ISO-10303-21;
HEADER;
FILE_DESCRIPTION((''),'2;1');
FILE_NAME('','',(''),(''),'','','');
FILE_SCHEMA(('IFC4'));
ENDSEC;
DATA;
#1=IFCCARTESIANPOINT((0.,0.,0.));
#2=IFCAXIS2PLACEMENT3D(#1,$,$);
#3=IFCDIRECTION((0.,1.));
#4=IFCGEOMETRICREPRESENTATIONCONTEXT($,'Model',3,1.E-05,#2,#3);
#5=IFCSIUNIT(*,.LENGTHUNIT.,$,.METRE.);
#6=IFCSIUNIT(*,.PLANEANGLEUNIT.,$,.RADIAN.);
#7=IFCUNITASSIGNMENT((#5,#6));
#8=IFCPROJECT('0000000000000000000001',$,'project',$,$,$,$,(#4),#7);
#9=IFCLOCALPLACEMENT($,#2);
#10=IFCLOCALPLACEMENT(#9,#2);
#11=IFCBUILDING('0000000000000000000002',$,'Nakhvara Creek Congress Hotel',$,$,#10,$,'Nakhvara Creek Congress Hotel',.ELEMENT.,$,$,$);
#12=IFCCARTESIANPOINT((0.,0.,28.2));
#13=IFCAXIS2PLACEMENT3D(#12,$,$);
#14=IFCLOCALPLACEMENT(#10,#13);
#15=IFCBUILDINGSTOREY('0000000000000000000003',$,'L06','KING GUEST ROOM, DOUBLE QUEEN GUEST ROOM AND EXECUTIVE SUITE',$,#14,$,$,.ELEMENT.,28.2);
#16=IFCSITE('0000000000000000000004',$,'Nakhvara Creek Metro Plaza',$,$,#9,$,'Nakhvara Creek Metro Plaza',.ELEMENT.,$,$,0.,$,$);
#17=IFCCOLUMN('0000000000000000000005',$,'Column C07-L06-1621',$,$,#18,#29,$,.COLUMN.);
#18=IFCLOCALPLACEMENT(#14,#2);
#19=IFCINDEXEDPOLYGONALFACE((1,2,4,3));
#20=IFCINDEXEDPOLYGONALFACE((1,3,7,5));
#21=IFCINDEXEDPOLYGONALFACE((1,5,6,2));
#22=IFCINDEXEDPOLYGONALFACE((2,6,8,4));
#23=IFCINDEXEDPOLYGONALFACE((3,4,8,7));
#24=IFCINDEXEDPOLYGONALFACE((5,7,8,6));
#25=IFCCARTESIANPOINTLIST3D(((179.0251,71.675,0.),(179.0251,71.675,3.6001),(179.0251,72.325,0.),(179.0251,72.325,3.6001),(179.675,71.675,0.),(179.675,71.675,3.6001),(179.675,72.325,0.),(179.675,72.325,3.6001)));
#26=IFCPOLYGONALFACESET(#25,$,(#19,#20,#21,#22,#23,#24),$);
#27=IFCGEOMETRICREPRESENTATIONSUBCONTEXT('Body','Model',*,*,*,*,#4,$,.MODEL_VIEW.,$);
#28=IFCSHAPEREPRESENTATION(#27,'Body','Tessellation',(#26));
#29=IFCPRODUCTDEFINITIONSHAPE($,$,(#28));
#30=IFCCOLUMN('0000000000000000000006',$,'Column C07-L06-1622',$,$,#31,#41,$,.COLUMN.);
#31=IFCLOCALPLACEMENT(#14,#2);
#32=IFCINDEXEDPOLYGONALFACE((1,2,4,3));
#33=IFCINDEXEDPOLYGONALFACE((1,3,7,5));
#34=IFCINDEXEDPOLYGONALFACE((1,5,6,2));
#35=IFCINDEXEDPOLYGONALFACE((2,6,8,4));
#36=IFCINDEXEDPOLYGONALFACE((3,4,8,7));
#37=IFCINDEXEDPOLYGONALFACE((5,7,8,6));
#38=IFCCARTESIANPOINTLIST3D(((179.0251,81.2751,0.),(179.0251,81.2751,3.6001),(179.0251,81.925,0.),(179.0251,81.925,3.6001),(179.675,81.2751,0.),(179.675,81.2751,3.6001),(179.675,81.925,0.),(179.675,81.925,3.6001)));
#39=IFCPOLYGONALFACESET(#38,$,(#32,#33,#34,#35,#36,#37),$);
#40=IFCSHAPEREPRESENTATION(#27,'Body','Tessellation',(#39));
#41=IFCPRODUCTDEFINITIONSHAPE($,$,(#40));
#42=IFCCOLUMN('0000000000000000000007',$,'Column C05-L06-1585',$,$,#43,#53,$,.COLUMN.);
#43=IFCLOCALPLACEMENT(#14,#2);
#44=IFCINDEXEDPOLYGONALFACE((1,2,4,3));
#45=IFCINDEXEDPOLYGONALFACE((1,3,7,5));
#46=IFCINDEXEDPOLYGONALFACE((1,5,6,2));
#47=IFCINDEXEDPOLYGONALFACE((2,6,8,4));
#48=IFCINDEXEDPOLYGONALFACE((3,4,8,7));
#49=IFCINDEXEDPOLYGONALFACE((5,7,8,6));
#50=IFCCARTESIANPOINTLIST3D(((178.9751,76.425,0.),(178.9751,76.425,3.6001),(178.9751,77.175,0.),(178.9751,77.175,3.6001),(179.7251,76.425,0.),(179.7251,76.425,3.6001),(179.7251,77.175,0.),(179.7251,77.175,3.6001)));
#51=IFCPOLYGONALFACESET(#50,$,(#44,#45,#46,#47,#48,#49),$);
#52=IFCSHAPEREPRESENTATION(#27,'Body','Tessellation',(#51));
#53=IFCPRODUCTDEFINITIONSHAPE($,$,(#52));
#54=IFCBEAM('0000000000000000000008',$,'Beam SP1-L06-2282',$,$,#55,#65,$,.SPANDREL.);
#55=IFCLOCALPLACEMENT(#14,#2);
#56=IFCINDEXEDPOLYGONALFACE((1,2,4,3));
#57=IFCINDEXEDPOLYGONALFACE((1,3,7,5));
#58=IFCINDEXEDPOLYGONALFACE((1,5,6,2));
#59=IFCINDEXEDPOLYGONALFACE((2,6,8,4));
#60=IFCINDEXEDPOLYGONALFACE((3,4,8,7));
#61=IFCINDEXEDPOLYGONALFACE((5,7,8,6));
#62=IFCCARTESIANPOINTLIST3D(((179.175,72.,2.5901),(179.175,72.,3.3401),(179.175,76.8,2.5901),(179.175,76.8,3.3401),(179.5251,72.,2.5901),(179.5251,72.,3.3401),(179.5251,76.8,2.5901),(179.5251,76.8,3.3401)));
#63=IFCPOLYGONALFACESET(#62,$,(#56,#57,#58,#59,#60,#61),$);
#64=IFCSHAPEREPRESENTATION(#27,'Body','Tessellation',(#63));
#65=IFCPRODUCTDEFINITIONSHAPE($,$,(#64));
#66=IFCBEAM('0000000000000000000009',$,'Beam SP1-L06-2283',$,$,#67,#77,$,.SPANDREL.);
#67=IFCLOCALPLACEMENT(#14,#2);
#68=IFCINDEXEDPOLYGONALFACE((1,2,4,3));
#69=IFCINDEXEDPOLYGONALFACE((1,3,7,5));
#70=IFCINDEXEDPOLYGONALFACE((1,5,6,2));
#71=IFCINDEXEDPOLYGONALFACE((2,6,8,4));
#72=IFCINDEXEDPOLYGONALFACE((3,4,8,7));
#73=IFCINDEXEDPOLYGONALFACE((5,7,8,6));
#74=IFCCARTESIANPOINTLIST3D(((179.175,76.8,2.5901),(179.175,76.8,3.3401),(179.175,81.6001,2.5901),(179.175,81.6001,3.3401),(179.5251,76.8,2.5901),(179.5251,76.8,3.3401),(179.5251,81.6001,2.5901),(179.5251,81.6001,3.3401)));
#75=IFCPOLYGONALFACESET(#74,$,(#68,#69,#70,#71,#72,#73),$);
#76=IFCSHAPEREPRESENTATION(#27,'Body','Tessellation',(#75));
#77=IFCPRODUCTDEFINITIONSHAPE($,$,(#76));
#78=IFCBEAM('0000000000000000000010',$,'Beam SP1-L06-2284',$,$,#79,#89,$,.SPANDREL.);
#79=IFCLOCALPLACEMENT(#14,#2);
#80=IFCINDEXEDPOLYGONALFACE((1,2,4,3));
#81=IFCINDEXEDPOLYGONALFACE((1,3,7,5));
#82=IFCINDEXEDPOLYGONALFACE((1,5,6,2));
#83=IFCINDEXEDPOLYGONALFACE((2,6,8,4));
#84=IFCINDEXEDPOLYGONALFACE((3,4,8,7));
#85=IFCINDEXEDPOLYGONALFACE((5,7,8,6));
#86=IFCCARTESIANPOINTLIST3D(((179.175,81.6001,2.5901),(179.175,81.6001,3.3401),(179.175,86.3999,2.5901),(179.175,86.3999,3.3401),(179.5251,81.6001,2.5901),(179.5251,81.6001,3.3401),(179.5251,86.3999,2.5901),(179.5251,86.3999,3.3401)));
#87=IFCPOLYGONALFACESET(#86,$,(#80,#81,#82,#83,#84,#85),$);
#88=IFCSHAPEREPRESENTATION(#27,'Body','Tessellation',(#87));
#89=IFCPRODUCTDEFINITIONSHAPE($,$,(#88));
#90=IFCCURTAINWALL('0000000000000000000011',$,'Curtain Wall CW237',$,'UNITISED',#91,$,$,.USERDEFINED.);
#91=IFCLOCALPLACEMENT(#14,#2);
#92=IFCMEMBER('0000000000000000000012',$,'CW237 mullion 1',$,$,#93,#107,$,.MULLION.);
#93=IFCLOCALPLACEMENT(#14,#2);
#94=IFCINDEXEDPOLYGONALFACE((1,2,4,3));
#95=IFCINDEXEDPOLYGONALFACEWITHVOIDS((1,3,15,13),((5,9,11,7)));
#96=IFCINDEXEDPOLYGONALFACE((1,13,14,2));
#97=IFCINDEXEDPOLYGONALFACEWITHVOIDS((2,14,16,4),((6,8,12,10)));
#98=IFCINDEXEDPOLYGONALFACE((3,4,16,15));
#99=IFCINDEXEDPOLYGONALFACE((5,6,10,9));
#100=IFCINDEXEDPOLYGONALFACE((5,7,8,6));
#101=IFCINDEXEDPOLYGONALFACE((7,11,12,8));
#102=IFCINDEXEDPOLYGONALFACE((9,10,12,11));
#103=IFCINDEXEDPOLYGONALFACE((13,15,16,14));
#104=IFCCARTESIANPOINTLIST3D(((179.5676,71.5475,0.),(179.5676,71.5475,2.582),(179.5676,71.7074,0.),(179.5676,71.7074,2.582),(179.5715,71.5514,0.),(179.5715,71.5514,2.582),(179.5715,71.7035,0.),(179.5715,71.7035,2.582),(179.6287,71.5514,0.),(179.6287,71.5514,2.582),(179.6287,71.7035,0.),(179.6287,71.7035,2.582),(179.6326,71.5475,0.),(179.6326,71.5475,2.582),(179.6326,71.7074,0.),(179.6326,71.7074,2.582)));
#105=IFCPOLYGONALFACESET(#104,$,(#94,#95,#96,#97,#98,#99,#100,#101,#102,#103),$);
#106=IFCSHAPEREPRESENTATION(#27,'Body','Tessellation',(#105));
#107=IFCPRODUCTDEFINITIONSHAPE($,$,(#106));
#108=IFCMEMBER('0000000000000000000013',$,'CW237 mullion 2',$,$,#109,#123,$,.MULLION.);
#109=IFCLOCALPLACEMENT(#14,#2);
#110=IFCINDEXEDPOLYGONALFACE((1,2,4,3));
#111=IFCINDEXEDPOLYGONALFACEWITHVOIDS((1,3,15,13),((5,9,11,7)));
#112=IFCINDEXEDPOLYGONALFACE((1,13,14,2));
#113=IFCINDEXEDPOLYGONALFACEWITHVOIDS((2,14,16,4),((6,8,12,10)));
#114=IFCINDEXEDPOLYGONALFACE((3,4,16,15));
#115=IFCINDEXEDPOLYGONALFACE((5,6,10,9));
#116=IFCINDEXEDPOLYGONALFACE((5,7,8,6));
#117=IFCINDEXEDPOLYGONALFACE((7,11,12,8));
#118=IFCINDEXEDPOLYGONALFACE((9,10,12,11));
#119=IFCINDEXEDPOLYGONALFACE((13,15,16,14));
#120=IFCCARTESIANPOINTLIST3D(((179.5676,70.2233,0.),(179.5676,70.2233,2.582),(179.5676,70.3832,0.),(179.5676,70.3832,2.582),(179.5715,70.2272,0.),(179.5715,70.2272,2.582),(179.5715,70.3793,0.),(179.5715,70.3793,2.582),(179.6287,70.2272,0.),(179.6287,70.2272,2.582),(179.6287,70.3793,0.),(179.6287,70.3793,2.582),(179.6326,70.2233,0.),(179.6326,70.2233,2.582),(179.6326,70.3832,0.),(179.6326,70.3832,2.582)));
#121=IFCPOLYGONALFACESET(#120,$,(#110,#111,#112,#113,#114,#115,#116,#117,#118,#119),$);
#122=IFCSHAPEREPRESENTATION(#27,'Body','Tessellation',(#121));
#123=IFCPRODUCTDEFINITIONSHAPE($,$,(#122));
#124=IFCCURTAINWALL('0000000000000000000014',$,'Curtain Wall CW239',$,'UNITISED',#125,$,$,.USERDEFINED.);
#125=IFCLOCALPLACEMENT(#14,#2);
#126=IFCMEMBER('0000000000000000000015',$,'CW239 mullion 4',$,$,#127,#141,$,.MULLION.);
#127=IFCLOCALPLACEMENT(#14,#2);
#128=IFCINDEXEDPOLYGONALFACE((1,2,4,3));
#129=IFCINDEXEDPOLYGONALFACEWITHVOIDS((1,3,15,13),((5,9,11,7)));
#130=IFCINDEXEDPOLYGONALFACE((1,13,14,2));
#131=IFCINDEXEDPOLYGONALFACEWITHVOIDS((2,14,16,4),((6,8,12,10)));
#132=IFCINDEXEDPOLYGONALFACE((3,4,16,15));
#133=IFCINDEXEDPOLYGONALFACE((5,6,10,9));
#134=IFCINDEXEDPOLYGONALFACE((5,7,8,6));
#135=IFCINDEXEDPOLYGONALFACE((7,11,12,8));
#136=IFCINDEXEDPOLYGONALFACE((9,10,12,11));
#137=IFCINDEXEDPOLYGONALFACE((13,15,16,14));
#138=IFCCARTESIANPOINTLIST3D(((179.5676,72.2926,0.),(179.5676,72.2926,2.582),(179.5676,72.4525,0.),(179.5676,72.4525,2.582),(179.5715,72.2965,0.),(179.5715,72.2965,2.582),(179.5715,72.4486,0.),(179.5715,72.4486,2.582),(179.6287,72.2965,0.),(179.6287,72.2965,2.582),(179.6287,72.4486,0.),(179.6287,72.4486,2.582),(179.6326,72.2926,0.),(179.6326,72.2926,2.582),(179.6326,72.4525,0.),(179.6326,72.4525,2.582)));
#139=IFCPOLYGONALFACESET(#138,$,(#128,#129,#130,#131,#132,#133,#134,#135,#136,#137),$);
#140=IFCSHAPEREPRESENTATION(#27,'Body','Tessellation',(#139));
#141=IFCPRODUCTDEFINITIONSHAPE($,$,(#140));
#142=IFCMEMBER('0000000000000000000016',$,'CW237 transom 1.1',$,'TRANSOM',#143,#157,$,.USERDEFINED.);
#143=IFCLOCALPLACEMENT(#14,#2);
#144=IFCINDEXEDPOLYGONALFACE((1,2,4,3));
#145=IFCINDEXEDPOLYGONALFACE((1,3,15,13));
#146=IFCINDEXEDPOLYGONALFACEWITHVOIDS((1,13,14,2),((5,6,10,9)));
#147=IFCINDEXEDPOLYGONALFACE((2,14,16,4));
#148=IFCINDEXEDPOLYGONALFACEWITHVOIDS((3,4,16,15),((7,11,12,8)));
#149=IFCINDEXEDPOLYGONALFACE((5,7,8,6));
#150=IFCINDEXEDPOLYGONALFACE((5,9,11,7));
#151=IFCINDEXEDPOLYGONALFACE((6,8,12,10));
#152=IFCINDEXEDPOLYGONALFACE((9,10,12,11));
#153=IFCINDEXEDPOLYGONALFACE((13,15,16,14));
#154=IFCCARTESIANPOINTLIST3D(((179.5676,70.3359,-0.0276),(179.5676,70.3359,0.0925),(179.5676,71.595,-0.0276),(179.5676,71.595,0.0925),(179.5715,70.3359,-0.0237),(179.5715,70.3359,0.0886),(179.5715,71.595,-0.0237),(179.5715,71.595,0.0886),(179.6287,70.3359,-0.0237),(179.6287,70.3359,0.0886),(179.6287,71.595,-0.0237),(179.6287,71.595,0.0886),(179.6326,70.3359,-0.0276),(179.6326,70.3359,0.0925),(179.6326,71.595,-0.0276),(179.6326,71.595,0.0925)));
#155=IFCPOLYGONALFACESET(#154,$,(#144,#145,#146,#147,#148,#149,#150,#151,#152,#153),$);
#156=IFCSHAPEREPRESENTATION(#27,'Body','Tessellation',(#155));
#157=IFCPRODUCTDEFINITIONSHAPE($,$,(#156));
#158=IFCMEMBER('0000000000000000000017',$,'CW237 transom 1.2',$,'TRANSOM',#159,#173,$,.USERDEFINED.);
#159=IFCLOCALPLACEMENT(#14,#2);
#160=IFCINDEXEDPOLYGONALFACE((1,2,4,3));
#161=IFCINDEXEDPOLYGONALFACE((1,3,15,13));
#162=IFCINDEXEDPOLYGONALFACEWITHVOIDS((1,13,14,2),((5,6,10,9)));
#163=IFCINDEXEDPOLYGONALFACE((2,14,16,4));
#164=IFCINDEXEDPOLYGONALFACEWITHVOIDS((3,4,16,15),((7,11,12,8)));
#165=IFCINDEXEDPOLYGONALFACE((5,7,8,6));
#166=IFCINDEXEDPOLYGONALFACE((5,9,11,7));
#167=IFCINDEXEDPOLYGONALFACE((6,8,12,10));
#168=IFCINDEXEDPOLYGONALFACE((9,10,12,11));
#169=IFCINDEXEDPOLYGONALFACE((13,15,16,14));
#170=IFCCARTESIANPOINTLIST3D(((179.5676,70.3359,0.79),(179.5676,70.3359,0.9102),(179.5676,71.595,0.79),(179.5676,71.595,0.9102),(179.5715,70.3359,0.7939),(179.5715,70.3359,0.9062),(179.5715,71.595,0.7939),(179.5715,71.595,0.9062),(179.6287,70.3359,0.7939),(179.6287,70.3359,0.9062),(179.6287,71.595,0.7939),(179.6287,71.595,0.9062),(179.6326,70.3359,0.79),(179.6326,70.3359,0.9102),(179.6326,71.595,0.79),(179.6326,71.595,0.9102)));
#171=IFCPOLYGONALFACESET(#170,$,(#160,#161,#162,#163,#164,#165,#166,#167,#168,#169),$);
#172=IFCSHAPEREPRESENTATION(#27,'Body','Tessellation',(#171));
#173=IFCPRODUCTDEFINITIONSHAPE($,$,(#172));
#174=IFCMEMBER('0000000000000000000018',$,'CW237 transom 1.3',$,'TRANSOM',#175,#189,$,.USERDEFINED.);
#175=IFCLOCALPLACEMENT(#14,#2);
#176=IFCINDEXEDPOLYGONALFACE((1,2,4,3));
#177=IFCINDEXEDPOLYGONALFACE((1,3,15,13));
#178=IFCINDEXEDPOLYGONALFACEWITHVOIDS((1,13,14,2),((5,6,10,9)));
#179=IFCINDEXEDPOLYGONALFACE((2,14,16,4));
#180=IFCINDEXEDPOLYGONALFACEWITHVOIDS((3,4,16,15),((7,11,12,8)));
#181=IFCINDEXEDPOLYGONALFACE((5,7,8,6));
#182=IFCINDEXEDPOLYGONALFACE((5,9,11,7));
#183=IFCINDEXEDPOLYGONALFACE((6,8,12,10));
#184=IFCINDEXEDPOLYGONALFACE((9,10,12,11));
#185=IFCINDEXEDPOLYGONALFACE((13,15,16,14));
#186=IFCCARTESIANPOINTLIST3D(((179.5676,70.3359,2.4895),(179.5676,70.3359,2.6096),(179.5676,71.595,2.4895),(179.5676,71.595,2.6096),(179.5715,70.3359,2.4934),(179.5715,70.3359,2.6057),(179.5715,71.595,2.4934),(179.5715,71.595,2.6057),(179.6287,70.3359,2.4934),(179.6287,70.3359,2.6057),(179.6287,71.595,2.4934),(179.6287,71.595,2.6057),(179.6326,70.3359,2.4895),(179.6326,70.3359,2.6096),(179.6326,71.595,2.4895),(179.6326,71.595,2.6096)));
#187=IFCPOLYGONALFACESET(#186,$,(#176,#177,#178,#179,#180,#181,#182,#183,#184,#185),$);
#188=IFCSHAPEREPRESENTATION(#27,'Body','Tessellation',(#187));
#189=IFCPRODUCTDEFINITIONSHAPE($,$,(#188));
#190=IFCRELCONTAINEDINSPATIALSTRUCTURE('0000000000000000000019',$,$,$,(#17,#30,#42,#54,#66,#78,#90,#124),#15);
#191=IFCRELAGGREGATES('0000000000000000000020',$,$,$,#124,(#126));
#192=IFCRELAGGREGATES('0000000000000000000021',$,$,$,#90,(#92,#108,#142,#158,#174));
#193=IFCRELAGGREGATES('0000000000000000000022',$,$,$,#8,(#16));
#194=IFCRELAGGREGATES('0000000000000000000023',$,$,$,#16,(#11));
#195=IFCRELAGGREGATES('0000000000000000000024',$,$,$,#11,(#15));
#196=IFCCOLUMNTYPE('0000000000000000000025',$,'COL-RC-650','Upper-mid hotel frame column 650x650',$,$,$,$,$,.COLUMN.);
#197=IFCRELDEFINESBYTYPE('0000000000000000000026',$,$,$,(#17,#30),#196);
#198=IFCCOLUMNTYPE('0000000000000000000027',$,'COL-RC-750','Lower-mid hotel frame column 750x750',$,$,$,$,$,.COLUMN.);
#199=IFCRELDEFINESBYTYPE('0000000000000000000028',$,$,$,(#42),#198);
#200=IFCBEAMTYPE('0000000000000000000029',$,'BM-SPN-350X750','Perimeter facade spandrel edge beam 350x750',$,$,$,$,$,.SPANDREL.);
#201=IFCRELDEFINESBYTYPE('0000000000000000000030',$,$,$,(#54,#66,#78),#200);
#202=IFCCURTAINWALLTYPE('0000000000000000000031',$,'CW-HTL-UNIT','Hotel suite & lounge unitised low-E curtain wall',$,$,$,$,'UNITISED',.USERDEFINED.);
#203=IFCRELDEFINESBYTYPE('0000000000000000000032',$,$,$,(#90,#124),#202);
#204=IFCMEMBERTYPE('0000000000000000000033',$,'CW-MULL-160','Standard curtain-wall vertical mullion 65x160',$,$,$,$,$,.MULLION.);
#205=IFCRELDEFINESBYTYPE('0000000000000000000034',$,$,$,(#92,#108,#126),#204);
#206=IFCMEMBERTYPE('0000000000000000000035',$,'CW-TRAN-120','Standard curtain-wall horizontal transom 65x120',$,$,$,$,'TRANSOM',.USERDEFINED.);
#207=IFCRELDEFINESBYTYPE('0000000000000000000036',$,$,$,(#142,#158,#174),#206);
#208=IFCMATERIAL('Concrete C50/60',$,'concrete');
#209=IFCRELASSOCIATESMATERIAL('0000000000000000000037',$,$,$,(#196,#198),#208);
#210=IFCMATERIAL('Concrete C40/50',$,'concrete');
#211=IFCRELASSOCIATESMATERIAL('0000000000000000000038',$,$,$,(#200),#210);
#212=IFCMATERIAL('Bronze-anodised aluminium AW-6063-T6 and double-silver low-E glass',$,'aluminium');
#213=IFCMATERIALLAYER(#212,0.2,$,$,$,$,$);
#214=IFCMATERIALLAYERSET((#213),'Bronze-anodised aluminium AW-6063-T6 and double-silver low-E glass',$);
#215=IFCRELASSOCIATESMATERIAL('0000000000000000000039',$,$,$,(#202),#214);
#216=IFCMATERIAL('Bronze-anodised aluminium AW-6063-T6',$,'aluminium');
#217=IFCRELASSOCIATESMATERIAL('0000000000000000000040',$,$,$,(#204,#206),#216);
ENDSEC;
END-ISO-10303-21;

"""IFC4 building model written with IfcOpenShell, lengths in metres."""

from ifc_helpers import new_model, si_unit, direction, frame, origin, origin_2d, place, context, subcontext, project, spatial, rectangle, hollow_rectangle, extrude, material, layer, layer_set, material_profile, profile_set, type_object, element, aggregate, save


model = new_model("IFC4")

# Units and contexts
model_context = context("Model", 3, precision=1e-05, world=origin(), true_north=direction((0.0, 1.0)))
body_context = subcontext(model_context, "Body", "Model", "MODEL_VIEW")
ifc_project = project(units=[si_unit("LENGTHUNIT", "METRE"), si_unit("PLANEANGLEUNIT", "RADIAN")], contexts=[model_context])

# Site, building, storey
site_placement = place(None, origin())
site = spatial("IfcSite", under=ifc_project, at=site_placement, Name="Nakhvara Creek Metro Plaza", LongName="Nakhvara Creek Metro Plaza", CompositionType="ELEMENT", RefElevation=0.0)
building_placement = place(site_placement, origin())
building = spatial("IfcBuilding", under=site, at=building_placement, Name="Nakhvara Creek Congress Hotel", LongName="Nakhvara Creek Congress Hotel", CompositionType="ELEMENT")
storey_placement = place(building_placement, frame((0.0, 0.0, 28.2)))
storey = spatial("IfcBuildingStorey", under=building, at=storey_placement, Name="L06", Description="KING GUEST ROOM, DOUBLE QUEEN GUEST ROOM AND EXECUTIVE SUITE", CompositionType="ELEMENT", Elevation=28.2)

# Columns
ifc_material_1 = material(Name="Concrete C50/60", Category="concrete")
ifc_material_profile_1 = material_profile(ifc_material_1, rectangle(XDim=0.6499, YDim=0.6499, at=origin_2d()), Name="RC-COL 650x650", Category="LoadBearing")
ifc_profile_set_1 = profile_set([ifc_material_profile_1], Name="Concrete C50/60")
column_type_1 = type_object("IfcColumnType", Name="COL-RC-650", Description="Upper-mid hotel frame column 650x650", PredefinedType="COLUMN", material=ifc_profile_set_1)
for number, where, z_axis, x_axis, name in (
    (1, (179.3501, 72.0, 0.0), (0.0, 0.0, 1.0), (1.0, 0.0, 0.0), "Column C07-L06-1621"),
    (2, (179.3501, 81.6001, 0.0), (0.0, 0.0, 1.0), (1.0, 0.0, 0.0), "Column C07-L06-1622"),
):
    element("IfcColumn", number, at=place(storey_placement, frame(where, z_axis=z_axis, x_axis=x_axis)), inside=storey, type_object=column_type_1, Name=name, PredefinedType="COLUMN", context=body_context, shape_type="SweptSolid", body=[
        extrude(rectangle(XDim=0.6499, YDim=0.6499, at=origin_2d()), origin(), (0.0, 0.0, 1.0), 3.6001),
    ])
ifc_material_profile_2 = material_profile(ifc_material_1, rectangle(XDim=0.75, YDim=0.75, at=origin_2d()), Name="RC-COL 750x750", Category="LoadBearing")
ifc_profile_set_2 = profile_set([ifc_material_profile_2], Name="Concrete C50/60")
column_type_2 = type_object("IfcColumnType", Name="COL-RC-750", Description="Lower-mid hotel frame column 750x750", PredefinedType="COLUMN", material=ifc_profile_set_2)
column_placement = place(storey_placement, frame((179.3501, 76.8, 0.0), z_axis=(0.0, 0.0, 1.0), x_axis=(1.0, 0.0, 0.0)))
element("IfcColumn", 3, at=column_placement, inside=storey, type_object=column_type_2, Name="Column C05-L06-1585", PredefinedType="COLUMN", context=body_context, shape_type="SweptSolid", body=[
    extrude(rectangle(XDim=0.75, YDim=0.75, at=origin_2d()), origin(), (0.0, 0.0, 1.0), 3.6001),
])

# Beams
ifc_material_2 = material(Name="Concrete C40/50", Category="concrete")
ifc_material_profile_3 = material_profile(ifc_material_2, rectangle(XDim=0.3501, YDim=0.75, at=origin_2d()), Name="RC-SPANDREL 350x750", Category="LoadBearing")
ifc_profile_set_3 = profile_set([ifc_material_profile_3], Name="Concrete C40/50")
beam_type = type_object("IfcBeamType", Name="BM-SPN-350X750", Description="Perimeter facade spandrel edge beam 350x750", PredefinedType="SPANDREL", material=ifc_profile_set_3)
for number, where, z_axis, x_axis, name in (
    (4, (179.3501, 72.0, 2.9651), (0.0, 1.0, 0.0), (-1.0, 0.0, 0.0), "Beam SP1-L06-2282"),
    (5, (179.3501, 76.8, 2.9651), (0.0, 1.0, 0.0), (-1.0, 0.0, 0.0), "Beam SP1-L06-2283"),
):
    element("IfcBeam", number, at=place(storey_placement, frame(where, z_axis=z_axis, x_axis=x_axis)), inside=storey, type_object=beam_type, Name=name, PredefinedType="SPANDREL", context=body_context, shape_type="SweptSolid", body=[
        extrude(rectangle(XDim=0.3501, YDim=0.75, at=origin_2d()), origin(), (0.0, 0.0, 1.0), 4.8),
    ])
beam_placement = place(storey_placement, frame((179.3501, 81.6001, 2.9651), z_axis=(0.0, 1.0, 0.0), x_axis=(-1.0, 0.0, 0.0)))
element("IfcBeam", 6, at=beam_placement, inside=storey, type_object=beam_type, Name="Beam SP1-L06-2284", PredefinedType="SPANDREL", context=body_context, shape_type="SweptSolid", body=[
    extrude(rectangle(XDim=0.3501, YDim=0.75, at=origin_2d()), origin(), (0.0, 0.0, 1.0), 4.7998),
])

# Curtain wall, members
ifc_material_3 = material(Name="Bronze-anodised aluminium AW-6063-T6 and double-silver low-E glass", Category="aluminium")
ifc_layer_1 = layer(ifc_material_3, 0.2)
ifc_layer_set_1 = layer_set([ifc_layer_1], Name="Bronze-anodised aluminium AW-6063-T6 and double-silver low-E glass")
curtain_wall_type = type_object("IfcCurtainWallType", Name="CW-HTL-UNIT", Description="Hotel suite & lounge unitised low-E curtain wall", ElementType="UNITISED", PredefinedType="USERDEFINED", material=ifc_layer_set_1)
curtain_wall_1_placement = place(storey_placement, origin())
curtain_wall_1 = element("IfcCurtainWall", 7, at=curtain_wall_1_placement, inside=storey, type_object=curtain_wall_type, Name="Curtain Wall CW237", ObjectType="UNITISED", PredefinedType="USERDEFINED")
ifc_material_4 = material(Name="Bronze-anodised aluminium AW-6063-T6", Category="aluminium")
ifc_material_profile_4 = material_profile(ifc_material_4, hollow_rectangle(XDim=0.0649, YDim=0.1599, WallThickness=0.0039, at=origin_2d()), Name="ALU-MULL 65x160x4", Category="LoadBearing")
ifc_profile_set_4 = profile_set([ifc_material_profile_4], Name="Bronze-anodised aluminium AW-6063-T6")
member_type_1 = type_object("IfcMemberType", Name="CW-MULL-160", Description="Standard curtain-wall vertical mullion 65x160", PredefinedType="MULLION", material=ifc_profile_set_4)
member_1_placement = place(storey_placement, frame((179.6001, 71.6274, 0.0), z_axis=(0.0, 0.0, 1.0), x_axis=(1.0, 0.0, 0.0)))
member_1 = element("IfcMember", 8, at=member_1_placement, type_object=member_type_1, Name="CW237 mullion 1", PredefinedType="MULLION", context=body_context, shape_type="SweptSolid", body=[
    extrude(hollow_rectangle(XDim=0.0649, YDim=0.1599, WallThickness=0.0039, at=origin_2d()), origin(), (0.0, 0.0, 1.0), 2.582),
])
member_2_placement = place(storey_placement, frame((179.6001, 70.3032, 0.0), z_axis=(0.0, 0.0, 1.0), x_axis=(1.0, 0.0, 0.0)))
member_2 = element("IfcMember", 9, at=member_2_placement, type_object=member_type_1, Name="CW237 mullion 2", PredefinedType="MULLION", context=body_context, shape_type="SweptSolid", body=[
    extrude(hollow_rectangle(XDim=0.0649, YDim=0.1599, WallThickness=0.0039, at=origin_2d()), origin(), (0.0, 0.0, 1.0), 2.582),
])

# Curtain wall, member
curtain_wall_2_placement = place(storey_placement, origin())
curtain_wall_2 = element("IfcCurtainWall", 10, at=curtain_wall_2_placement, inside=storey, type_object=curtain_wall_type, Name="Curtain Wall CW239", ObjectType="UNITISED", PredefinedType="USERDEFINED")
member_3_placement = place(storey_placement, frame((179.6001, 72.3726, 0.0), z_axis=(0.0, 0.0, 1.0), x_axis=(1.0, 0.0, 0.0)))
member_3 = element("IfcMember", 11, at=member_3_placement, type_object=member_type_1, Name="CW239 mullion 4", PredefinedType="MULLION", context=body_context, shape_type="SweptSolid", body=[
    extrude(hollow_rectangle(XDim=0.0649, YDim=0.1599, WallThickness=0.0039, at=origin_2d()), origin(), (0.0, 0.0, 1.0), 2.582),
])

# Members
ifc_material_profile_5 = material_profile(ifc_material_4, hollow_rectangle(XDim=0.0649, YDim=0.1201, WallThickness=0.0039, at=origin_2d()), Name="ALU-TRAN 65x120x4", Category="LoadBearing")
ifc_profile_set_5 = profile_set([ifc_material_profile_5], Name="Bronze-anodised aluminium AW-6063-T6")
member_type_2 = type_object("IfcMemberType", Name="CW-TRAN-120", Description="Standard curtain-wall horizontal transom 65x120", ElementType="TRANSOM", PredefinedType="USERDEFINED", material=ifc_profile_set_5)
member_4_placement = place(storey_placement, frame((179.6001, 71.595, 0.0325), z_axis=(0.0, -1.0, 0.0), x_axis=(1.0, 0.0, 0.0)))
member_4 = element("IfcMember", 12, at=member_4_placement, type_object=member_type_2, Name="CW237 transom 1.1", ObjectType="TRANSOM", PredefinedType="USERDEFINED", context=body_context, shape_type="SweptSolid", body=[
    extrude(hollow_rectangle(XDim=0.0649, YDim=0.1201, WallThickness=0.0039, at=origin_2d()), origin(), (0.0, 0.0, 1.0), 1.259),
])
member_5_placement = place(storey_placement, frame((179.6001, 71.595, 0.8501), z_axis=(0.0, -1.0, 0.0), x_axis=(1.0, 0.0, 0.0)))
member_5 = element("IfcMember", 13, at=member_5_placement, type_object=member_type_2, Name="CW237 transom 1.2", ObjectType="TRANSOM", PredefinedType="USERDEFINED", context=body_context, shape_type="SweptSolid", body=[
    extrude(hollow_rectangle(XDim=0.0649, YDim=0.1201, WallThickness=0.0039, at=origin_2d()), origin(), (0.0, 0.0, 1.0), 1.259),
])
member_6_placement = place(storey_placement, frame((179.6001, 71.595, 2.5496), z_axis=(0.0, -1.0, 0.0), x_axis=(1.0, 0.0, 0.0)))
member_6 = element("IfcMember", 14, at=member_6_placement, type_object=member_type_2, Name="CW237 transom 1.3", ObjectType="TRANSOM", PredefinedType="USERDEFINED", context=body_context, shape_type="SweptSolid", body=[
    extrude(hollow_rectangle(XDim=0.0649, YDim=0.1201, WallThickness=0.0039, at=origin_2d()), origin(), (0.0, 0.0, 1.0), 1.259),
])

aggregate(curtain_wall_2, [member_3])
aggregate(curtain_wall_1, [member_1, member_2, member_4, member_5, member_6])

save(model, "model.ifc")
